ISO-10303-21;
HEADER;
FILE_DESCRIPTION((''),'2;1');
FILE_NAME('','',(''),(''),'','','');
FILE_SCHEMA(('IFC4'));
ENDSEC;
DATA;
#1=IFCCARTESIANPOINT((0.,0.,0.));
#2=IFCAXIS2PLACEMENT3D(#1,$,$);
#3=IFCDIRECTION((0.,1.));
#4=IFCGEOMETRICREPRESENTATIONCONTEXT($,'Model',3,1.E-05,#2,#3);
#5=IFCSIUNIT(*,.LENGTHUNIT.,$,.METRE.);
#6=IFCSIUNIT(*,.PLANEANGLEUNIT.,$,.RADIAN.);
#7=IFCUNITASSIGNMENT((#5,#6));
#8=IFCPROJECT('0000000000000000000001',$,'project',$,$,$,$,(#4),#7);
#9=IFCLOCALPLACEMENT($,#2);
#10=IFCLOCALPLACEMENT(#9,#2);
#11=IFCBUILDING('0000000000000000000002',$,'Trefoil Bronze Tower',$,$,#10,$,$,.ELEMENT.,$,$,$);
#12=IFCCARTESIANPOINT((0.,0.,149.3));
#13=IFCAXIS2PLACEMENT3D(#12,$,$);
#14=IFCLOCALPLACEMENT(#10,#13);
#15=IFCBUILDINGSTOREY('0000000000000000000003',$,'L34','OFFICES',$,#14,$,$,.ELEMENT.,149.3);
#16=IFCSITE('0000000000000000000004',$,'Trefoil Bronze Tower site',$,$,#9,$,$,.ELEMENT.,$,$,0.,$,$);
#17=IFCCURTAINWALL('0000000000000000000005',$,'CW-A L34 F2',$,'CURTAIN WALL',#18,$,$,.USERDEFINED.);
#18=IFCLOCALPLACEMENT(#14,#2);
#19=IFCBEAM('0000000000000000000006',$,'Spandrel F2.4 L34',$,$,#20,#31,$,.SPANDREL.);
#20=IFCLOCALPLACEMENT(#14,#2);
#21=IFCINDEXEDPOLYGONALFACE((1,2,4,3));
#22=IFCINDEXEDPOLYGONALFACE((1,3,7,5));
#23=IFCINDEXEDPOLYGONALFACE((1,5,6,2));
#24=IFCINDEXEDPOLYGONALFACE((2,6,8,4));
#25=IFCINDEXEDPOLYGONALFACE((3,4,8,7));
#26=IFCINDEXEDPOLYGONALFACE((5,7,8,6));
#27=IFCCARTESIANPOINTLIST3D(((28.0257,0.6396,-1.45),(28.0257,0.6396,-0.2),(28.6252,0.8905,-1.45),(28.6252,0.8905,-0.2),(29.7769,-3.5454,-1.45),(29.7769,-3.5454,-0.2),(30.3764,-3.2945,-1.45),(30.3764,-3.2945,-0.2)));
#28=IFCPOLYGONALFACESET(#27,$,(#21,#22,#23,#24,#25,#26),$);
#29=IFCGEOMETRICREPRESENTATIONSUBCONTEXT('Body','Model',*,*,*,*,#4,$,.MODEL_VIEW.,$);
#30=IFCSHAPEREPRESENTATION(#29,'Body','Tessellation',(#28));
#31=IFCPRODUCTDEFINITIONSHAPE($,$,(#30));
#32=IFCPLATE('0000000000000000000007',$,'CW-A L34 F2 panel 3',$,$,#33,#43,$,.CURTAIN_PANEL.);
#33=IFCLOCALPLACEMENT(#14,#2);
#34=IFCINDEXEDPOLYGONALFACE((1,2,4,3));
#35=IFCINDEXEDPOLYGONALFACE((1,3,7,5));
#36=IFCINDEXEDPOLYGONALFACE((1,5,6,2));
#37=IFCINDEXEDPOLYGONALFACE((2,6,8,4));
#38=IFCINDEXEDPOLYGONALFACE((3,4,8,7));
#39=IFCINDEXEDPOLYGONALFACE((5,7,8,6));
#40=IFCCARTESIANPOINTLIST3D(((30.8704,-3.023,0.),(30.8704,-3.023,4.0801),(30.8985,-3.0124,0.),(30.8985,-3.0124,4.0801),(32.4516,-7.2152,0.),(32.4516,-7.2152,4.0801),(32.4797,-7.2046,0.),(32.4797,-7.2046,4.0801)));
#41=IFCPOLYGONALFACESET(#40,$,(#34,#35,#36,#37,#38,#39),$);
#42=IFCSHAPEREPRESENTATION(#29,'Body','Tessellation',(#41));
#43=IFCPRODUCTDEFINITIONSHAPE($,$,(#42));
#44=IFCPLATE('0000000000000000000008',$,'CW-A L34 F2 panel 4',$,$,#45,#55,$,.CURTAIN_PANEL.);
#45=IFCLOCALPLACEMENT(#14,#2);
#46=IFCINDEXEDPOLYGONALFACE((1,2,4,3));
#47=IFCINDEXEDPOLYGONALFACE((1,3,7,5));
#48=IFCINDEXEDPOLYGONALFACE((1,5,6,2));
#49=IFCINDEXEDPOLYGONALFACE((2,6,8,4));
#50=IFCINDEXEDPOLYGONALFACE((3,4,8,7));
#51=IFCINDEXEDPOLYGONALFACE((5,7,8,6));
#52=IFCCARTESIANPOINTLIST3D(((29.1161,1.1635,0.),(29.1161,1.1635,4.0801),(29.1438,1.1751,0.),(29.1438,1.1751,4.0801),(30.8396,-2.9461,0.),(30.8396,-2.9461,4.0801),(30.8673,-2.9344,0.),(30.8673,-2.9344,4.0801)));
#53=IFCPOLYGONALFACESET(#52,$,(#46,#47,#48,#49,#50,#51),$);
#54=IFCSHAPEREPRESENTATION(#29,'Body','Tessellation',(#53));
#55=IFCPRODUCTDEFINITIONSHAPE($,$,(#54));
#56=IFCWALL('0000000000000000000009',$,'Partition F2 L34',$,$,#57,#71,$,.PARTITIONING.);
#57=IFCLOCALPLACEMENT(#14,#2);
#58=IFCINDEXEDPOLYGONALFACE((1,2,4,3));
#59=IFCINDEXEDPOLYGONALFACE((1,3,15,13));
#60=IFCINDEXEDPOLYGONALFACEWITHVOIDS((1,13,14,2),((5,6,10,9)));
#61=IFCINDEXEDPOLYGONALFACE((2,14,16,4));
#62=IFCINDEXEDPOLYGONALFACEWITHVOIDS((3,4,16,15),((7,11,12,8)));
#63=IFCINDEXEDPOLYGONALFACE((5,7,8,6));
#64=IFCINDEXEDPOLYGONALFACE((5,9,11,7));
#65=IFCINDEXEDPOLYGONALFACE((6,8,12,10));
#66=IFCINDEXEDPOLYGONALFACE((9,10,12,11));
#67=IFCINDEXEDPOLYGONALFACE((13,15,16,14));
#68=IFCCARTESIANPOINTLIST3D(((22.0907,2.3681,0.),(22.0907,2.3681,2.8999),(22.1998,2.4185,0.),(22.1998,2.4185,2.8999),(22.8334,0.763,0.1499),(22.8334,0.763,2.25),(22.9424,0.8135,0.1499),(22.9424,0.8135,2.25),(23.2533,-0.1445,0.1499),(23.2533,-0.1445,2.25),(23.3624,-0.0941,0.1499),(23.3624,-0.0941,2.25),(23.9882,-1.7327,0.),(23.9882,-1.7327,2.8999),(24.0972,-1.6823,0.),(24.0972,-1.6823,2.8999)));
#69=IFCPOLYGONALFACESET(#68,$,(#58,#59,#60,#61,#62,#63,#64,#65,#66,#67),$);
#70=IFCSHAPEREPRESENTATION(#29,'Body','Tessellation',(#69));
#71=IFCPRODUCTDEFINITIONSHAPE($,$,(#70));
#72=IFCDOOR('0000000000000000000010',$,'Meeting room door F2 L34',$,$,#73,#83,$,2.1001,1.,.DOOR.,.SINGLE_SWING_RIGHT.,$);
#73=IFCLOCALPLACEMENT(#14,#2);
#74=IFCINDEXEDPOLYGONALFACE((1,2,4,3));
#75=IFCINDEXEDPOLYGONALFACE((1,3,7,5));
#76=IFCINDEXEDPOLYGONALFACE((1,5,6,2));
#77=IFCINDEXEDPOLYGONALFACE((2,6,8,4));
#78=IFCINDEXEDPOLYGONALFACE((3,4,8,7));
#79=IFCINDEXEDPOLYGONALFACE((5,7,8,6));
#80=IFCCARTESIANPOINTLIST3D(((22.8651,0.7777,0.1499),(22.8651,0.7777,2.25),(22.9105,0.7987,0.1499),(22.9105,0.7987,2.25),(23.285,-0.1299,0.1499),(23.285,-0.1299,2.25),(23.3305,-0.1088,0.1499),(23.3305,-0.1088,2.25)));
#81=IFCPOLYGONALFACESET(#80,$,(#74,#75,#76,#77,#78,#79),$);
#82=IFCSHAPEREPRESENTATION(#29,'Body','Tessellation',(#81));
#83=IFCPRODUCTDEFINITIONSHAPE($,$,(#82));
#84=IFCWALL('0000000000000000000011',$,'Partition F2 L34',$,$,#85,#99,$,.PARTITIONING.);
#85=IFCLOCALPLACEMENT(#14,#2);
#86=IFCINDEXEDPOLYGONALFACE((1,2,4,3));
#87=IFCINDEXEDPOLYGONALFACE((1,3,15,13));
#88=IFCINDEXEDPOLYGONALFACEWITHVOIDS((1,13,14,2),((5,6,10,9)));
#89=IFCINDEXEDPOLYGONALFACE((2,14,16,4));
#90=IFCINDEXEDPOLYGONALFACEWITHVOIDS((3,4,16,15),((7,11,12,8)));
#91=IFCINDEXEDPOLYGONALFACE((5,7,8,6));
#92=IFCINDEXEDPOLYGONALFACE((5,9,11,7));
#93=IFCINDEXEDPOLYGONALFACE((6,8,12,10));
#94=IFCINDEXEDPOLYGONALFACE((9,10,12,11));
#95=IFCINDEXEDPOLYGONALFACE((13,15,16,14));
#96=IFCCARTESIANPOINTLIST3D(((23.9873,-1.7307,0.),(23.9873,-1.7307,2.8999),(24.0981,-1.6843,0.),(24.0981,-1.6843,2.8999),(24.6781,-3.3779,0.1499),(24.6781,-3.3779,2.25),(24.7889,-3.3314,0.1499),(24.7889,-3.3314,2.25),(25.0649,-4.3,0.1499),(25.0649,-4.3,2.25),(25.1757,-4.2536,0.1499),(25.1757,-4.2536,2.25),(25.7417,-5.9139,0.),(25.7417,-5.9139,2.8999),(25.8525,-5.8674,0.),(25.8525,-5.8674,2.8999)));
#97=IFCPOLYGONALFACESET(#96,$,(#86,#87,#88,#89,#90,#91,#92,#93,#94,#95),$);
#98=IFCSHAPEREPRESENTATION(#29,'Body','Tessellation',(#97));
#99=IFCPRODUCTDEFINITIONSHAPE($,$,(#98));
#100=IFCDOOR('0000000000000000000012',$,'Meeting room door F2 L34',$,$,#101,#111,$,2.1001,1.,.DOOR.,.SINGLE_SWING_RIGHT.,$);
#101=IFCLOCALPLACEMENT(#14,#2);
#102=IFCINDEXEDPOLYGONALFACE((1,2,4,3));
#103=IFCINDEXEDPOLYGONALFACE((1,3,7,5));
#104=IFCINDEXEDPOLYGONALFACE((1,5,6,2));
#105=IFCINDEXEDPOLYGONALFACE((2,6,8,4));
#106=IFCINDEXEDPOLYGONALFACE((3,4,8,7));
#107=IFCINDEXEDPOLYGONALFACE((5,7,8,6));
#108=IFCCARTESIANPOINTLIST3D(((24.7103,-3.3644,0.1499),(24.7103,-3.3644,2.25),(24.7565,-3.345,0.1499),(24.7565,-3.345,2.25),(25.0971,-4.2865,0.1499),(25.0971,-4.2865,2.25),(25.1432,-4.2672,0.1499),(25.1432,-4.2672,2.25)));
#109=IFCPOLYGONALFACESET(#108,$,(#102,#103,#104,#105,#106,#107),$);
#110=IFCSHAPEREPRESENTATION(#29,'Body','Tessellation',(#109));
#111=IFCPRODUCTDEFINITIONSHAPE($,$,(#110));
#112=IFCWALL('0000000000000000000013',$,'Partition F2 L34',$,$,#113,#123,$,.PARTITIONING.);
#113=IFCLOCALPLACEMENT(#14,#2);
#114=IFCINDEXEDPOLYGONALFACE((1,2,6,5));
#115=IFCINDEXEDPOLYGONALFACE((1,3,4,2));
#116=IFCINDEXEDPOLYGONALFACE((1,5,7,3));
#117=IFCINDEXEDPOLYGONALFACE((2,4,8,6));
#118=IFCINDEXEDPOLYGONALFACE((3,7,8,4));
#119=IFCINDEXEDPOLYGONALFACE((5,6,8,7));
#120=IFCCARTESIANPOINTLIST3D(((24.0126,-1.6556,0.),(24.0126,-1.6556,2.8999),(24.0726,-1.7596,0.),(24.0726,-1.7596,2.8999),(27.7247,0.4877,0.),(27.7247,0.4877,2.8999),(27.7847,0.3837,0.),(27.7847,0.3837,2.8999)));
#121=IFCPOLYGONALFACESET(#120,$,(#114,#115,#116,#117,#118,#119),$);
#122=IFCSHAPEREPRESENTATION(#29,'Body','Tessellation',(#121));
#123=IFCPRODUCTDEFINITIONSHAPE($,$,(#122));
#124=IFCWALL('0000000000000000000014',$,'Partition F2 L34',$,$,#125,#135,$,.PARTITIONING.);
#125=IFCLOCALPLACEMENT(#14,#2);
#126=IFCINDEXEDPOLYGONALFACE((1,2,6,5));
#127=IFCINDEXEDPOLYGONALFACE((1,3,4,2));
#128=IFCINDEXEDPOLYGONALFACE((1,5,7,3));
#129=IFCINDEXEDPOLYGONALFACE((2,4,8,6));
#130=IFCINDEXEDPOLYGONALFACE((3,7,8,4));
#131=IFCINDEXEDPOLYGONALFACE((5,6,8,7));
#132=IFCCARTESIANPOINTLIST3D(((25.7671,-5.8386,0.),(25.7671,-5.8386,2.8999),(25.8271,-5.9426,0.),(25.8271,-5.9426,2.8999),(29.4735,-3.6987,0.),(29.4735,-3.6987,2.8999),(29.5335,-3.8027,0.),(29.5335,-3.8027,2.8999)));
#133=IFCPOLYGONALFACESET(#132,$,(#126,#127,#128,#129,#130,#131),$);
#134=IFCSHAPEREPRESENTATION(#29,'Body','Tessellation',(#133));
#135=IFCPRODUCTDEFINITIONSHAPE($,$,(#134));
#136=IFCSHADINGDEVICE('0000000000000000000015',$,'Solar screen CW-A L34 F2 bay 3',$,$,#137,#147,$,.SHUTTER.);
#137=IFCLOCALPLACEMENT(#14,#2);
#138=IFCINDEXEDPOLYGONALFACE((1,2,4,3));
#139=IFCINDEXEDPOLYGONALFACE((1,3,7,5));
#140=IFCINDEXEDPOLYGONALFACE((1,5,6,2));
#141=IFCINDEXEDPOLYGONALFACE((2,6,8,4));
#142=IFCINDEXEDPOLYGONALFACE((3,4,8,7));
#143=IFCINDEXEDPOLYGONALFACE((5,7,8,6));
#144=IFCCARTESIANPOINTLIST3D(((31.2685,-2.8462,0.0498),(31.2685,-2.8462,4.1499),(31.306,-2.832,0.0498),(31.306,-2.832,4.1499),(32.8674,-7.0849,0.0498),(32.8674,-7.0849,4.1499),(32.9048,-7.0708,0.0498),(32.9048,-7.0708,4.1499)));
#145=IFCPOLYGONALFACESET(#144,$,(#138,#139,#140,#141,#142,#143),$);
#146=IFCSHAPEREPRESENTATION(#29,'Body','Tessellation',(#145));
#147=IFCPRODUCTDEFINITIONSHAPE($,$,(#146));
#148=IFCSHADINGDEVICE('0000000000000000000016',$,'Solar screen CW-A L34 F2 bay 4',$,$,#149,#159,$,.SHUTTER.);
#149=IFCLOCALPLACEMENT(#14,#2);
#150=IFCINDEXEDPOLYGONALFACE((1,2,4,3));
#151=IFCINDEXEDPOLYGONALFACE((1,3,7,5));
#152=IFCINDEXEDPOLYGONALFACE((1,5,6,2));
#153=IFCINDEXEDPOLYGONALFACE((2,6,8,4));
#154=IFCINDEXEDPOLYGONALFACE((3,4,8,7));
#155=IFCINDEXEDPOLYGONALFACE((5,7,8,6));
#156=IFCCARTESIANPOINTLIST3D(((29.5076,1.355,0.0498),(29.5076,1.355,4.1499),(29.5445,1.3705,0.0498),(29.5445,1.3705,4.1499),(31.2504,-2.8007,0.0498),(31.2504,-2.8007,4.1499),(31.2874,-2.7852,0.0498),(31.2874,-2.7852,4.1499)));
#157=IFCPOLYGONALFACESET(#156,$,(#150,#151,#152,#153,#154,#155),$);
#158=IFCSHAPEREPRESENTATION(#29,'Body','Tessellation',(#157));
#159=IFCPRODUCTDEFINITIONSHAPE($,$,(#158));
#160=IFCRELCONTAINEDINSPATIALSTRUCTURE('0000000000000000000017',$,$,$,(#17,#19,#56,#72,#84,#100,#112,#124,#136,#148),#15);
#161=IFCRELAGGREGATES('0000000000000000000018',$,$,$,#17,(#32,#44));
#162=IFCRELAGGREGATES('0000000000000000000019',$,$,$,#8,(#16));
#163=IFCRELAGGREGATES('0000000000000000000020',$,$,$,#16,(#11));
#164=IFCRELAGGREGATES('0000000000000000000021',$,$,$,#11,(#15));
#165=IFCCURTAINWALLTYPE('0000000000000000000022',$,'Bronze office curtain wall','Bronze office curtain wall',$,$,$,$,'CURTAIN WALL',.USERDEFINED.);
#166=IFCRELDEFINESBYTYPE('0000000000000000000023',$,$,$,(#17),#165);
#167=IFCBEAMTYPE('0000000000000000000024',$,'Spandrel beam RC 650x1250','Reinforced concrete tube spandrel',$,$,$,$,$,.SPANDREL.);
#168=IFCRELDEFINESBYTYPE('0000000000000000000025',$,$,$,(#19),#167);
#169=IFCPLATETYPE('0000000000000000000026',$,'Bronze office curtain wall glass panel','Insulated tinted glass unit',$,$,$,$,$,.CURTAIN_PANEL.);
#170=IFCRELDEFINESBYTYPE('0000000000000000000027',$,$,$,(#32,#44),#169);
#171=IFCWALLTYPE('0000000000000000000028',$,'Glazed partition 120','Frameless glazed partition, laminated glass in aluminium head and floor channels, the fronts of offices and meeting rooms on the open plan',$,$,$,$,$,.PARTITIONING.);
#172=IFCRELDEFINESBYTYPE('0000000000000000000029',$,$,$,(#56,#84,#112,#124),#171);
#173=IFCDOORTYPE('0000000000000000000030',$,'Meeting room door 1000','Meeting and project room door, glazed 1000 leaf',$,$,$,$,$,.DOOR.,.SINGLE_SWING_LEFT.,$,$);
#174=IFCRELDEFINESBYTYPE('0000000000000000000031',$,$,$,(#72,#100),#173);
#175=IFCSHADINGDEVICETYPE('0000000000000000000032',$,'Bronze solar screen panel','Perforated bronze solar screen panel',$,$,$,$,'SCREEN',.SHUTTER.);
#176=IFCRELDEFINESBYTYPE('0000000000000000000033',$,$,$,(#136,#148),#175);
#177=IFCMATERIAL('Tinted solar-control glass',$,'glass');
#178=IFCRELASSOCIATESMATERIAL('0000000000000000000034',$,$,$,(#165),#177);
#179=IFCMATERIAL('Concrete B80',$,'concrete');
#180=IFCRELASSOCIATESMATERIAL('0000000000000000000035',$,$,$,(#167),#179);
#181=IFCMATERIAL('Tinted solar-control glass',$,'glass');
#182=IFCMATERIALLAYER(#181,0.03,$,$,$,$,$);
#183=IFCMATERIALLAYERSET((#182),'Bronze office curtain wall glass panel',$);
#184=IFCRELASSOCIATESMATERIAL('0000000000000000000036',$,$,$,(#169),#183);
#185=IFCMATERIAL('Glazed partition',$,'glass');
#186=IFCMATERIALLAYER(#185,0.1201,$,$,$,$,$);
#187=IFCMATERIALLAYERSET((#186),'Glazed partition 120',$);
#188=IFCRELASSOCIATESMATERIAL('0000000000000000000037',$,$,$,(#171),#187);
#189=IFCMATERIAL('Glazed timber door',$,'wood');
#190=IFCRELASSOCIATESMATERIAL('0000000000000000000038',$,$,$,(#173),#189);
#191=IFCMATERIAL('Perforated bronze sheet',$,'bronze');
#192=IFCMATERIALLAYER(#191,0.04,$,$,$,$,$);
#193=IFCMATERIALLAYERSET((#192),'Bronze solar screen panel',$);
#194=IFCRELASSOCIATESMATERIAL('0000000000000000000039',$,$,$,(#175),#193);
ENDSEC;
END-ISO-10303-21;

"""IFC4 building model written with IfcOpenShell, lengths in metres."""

from ifc_helpers import new_model, si_unit, direction, frame, frame_2d, origin, origin_2d, place, context, subcontext, project, spatial, rectangle, extrude, material, layer, layer_set, material_profile, profile_set, type_object, element, fill, aggregate, save


model = new_model("IFC4")

# Units and contexts
model_context = context("Model", 3, precision=1e-05, world=origin(), true_north=direction((0.0, 1.0)))
body_context = subcontext(model_context, "Body", "Model", "MODEL_VIEW")
ifc_project = project(units=[si_unit("LENGTHUNIT", "METRE"), si_unit("PLANEANGLEUNIT", "RADIAN")], contexts=[model_context])

# Site, building, storey
site_placement = place(None, origin())
site = spatial("IfcSite", under=ifc_project, at=site_placement, Name="Trefoil Bronze Tower site", CompositionType="ELEMENT", RefElevation=0.0)
building_placement = place(site_placement, origin())
building = spatial("IfcBuilding", under=site, at=building_placement, Name="Trefoil Bronze Tower", CompositionType="ELEMENT")
storey_placement = place(building_placement, frame((0.0, 0.0, 149.3)))
storey = spatial("IfcBuildingStorey", under=building, at=storey_placement, Name="L34", Description="OFFICES", CompositionType="ELEMENT", Elevation=149.3)

# Curtain wall
ifc_material_1 = material(Name="Tinted solar-control glass", Category="glass")
curtain_wall_type = type_object("IfcCurtainWallType", Name="Bronze office curtain wall", Description="Bronze office curtain wall", ElementType="CURTAIN WALL", PredefinedType="USERDEFINED", material=ifc_material_1)
curtain_wall_placement = place(storey_placement, origin())
curtain_wall = element("IfcCurtainWall", 1, at=curtain_wall_placement, inside=storey, type_object=curtain_wall_type, Name="CW-A L34 F2", ObjectType="CURTAIN WALL", PredefinedType="USERDEFINED")

# Beam
ifc_material_2 = material(Name="Concrete B80", Category="concrete")
ifc_material_profile_1 = material_profile(ifc_material_2, rectangle(XDim=0.6499, YDim=1.25, at=origin_2d()), Name="RC 650x1250")
ifc_profile_set_1 = profile_set([ifc_material_profile_1], Name="Concrete B80")
beam_type_1 = type_object("IfcBeamType", Name="Spandrel beam RC 650x1250", Description="Reinforced concrete tube spandrel", PredefinedType="SPANDREL", material=ifc_profile_set_1)
beam_1_placement = place(storey_placement, frame((30.0767, -3.4199, -0.825), z_axis=(-0.386013, 0.922493, 0.0), x_axis=(-0.922493, -0.386013, 0.0)))
element("IfcBeam", 2, at=beam_1_placement, inside=storey, type_object=beam_type_1, Name="Spandrel F2.4 L34", PredefinedType="SPANDREL", context=body_context, shape_type="SweptSolid", body=[
    extrude(rectangle(XDim=0.6499, YDim=1.25, at=origin_2d()), origin(), (0.0, 0.0, 1.0), 4.5366),
])

# Plates
ifc_material_3 = material(Name="Tinted solar-control glass", Category="glass")
ifc_layer_1 = layer(ifc_material_3, 0.03)
ifc_layer_set_1 = layer_set([ifc_layer_1], Name="Bronze office curtain wall glass panel")
plate_type = type_object("IfcPlateType", Name="Bronze office curtain wall glass panel", Description="Insulated tinted glass unit", PredefinedType="CURTAIN_PANEL", material=ifc_layer_set_1)
plate_1_placement = place(storey_placement, frame((31.675, -5.1138, 0.0), z_axis=(0.0, 0.0, 1.0), x_axis=(-0.35292, 0.935654, 0.0)))
plate_1 = element("IfcPlate", 3, at=plate_1_placement, type_object=plate_type, Name="CW-A L34 F2 panel 3", PredefinedType="CURTAIN_PANEL", context=body_context, shape_type="SweptSolid", body=[
    extrude(rectangle(XDim=4.4805, YDim=0.03, at=origin_2d()), origin(), (0.0, 0.0, 1.0), 4.0801),
])
plate_2_placement = place(storey_placement, frame((29.9917, -0.8855, 0.0), z_axis=(0.0, 0.0, 1.0), x_axis=(-0.386759, 0.922181, 0.0)))
plate_2 = element("IfcPlate", 4, at=plate_2_placement, type_object=plate_type, Name="CW-A L34 F2 panel 4", PredefinedType="CURTAIN_PANEL", context=body_context, shape_type="SweptSolid", body=[
    extrude(rectangle(XDim=4.4563, YDim=0.03, at=origin_2d()), origin(), (0.0, 0.0, 1.0), 4.0801),
])
aggregate(curtain_wall, [plate_1, plate_2])

# Walls, openings, doors
ifc_material_4 = material(Name="Glazed partition", Category="glass")
ifc_layer_2 = layer(ifc_material_4, 0.1201)
ifc_layer_set_2 = layer_set([ifc_layer_2], Name="Glazed partition 120")
wall_type = type_object("IfcWallType", Name="Glazed partition 120", Description="Frameless glazed partition, laminated glass in aluminium head and floor channels, the fronts of offices and meeting rooms on the open plan", PredefinedType="PARTITIONING", material=ifc_layer_set_2)
wall_1_placement = place(storey_placement, frame((24.0427, -1.7075, 0.0), z_axis=(0.0, 0.0, 1.0), x_axis=(-0.419928, 0.907557, 0.0)))
wall_1 = element("IfcWall", 5, at=wall_1_placement, inside=storey, type_object=wall_type, Name="Partition F2 L34", PredefinedType="PARTITIONING", context=body_context, shape_type="SweptSolid", body=[
    extrude(rectangle(XDim=4.5186, YDim=0.1201, at=frame_2d((2.2593, 0.0))), origin(), (0.0, 0.0, 1.0), 2.8999),
])
opening_1_placement = place(wall_1_placement, frame((1.75, 0.0, 0.1499)))
opening_1 = element("IfcOpeningElement", 6, at=opening_1_placement, cuts=wall_1, PredefinedType="OPENING", context=body_context, shape_type="SweptSolid", body=[
    extrude(rectangle(XDim=1.0, YDim=2.1001, at=frame_2d((0.5, 1.05))), frame((0.0, 0.0701, 0.0), z_axis=(0.0, -1.0, 0.0), x_axis=(1.0, 0.0, 0.0)), (0.0, 0.0, 1.0), 0.1401),
])
ifc_material_5 = material(Name="Glazed timber door", Category="wood")
door_type = type_object("IfcDoorType", Name="Meeting room door 1000", Description="Meeting and project room door, glazed 1000 leaf", OperationType="SINGLE_SWING_LEFT", PredefinedType="DOOR", material=ifc_material_5)
door_1_placement = place(opening_1_placement, frame((1.0, 0.0, 0.0), z_axis=(0.0, 0.0, 1.0), x_axis=(-1.0, 0.0, 0.0)))
door_1 = element("IfcDoor", 7, at=door_1_placement, inside=storey, type_object=door_type, Name="Meeting room door F2 L34", OperationType="SINGLE_SWING_RIGHT", OverallHeight=2.1001, OverallWidth=1.0, PredefinedType="DOOR", context=body_context, shape_type="SweptSolid", body=[
    extrude(rectangle(XDim=1.0, YDim=2.1001, at=frame_2d((0.5, 1.05))), frame((0.0, 0.0249, 0.0), z_axis=(0.0, -1.0, 0.0), x_axis=(1.0, 0.0, 0.0)), (0.0, 0.0, 1.0), 0.05),
])
fill(opening_1, door_1)
wall_2_placement = place(storey_placement, frame((25.7971, -5.8906, 0.0), z_axis=(0.0, 0.0, 1.0), x_axis=(-0.386762, 0.92218, 0.0)))
wall_2 = element("IfcWall", 8, at=wall_2_placement, inside=storey, type_object=wall_type, Name="Partition F2 L34", PredefinedType="PARTITIONING", context=body_context, shape_type="SweptSolid", body=[
    extrude(rectangle(XDim=4.5361, YDim=0.1201, at=frame_2d((2.2681, 0.0))), origin(), (0.0, 0.0, 1.0), 2.8999),
])
opening_2_placement = place(wall_2_placement, frame((1.75, 0.0, 0.1499)))
opening_2 = element("IfcOpeningElement", 9, at=opening_2_placement, cuts=wall_2, PredefinedType="OPENING", context=body_context, shape_type="SweptSolid", body=[
    extrude(rectangle(XDim=1.0, YDim=2.1001, at=frame_2d((0.5, 1.05))), frame((0.0, 0.0701, 0.0), z_axis=(0.0, -1.0, 0.0), x_axis=(1.0, 0.0, 0.0)), (0.0, 0.0, 1.0), 0.1401),
])
door_2_placement = place(opening_2_placement, frame((1.0, 0.0, 0.0), z_axis=(0.0, 0.0, 1.0), x_axis=(-1.0, 0.0, 0.0)))
door_2 = element("IfcDoor", 10, at=door_2_placement, inside=storey, type_object=door_type, Name="Meeting room door F2 L34", OperationType="SINGLE_SWING_RIGHT", OverallHeight=2.1001, OverallWidth=1.0, PredefinedType="DOOR", context=body_context, shape_type="SweptSolid", body=[
    extrude(rectangle(XDim=1.0, YDim=2.1001, at=frame_2d((0.5, 1.05))), frame((0.0, 0.0249, 0.0), z_axis=(0.0, -1.0, 0.0), x_axis=(1.0, 0.0, 0.0)), (0.0, 0.0, 1.0), 0.05),
])
fill(opening_2, door_2)

# Walls
wall_3_placement = place(storey_placement, frame((24.0427, -1.7075, 0.0), z_axis=(0.0, 0.0, 1.0), x_axis=(0.866016, 0.500017, 0.0)))
element("IfcWall", 11, at=wall_3_placement, inside=storey, type_object=wall_type, Name="Partition F2 L34", PredefinedType="PARTITIONING", context=body_context, shape_type="SweptSolid", body=[
    extrude(rectangle(XDim=4.2864, YDim=0.1201, at=frame_2d((2.1431, 0.0))), origin(), (0.0, 0.0, 1.0), 2.8999),
])
wall_4_placement = place(storey_placement, frame((25.7971, -5.8906, 0.0), z_axis=(0.0, 0.0, 1.0), x_axis=(0.866019, 0.500011, 0.0)))
element("IfcWall", 12, at=wall_4_placement, inside=storey, type_object=wall_type, Name="Partition F2 L34", PredefinedType="PARTITIONING", context=body_context, shape_type="SweptSolid", body=[
    extrude(rectangle(XDim=4.2798, YDim=0.1201, at=frame_2d((2.1399, 0.0))), origin(), (0.0, 0.0, 1.0), 2.8999),
])

# Shading devices
ifc_material_6 = material(Name="Perforated bronze sheet", Category="bronze")
ifc_layer_3 = layer(ifc_material_6, 0.04)
ifc_layer_set_3 = layer_set([ifc_layer_3], Name="Bronze solar screen panel")
shading_device_type = type_object("IfcShadingDeviceType", Name="Bronze solar screen panel", Description="Perforated bronze solar screen panel", ElementType="SCREEN", PredefinedType="SHUTTER", material=ifc_layer_set_3)
shading_device_1_placement = place(storey_placement, frame((32.0867, -4.9585, 0.0498), z_axis=(0.0, 0.0, 1.0), x_axis=(-0.35292, 0.935654, 0.0)))
element("IfcShadingDevice", 13, at=shading_device_1_placement, inside=storey, type_object=shading_device_type, Name="Solar screen CW-A L34 F2 bay 3", PredefinedType="SHUTTER", context=body_context, shape_type="SweptSolid", body=[
    extrude(rectangle(XDim=4.5303, YDim=0.04, at=origin_2d()), origin(), (0.0, 0.0, 1.0), 4.1001),
])
shading_device_2_placement = place(storey_placement, frame((30.3975, -0.7151, 0.0498), z_axis=(0.0, 0.0, 1.0), x_axis=(-0.386759, 0.922181, 0.0)))
element("IfcShadingDevice", 14, at=shading_device_2_placement, inside=storey, type_object=shading_device_type, Name="Solar screen CW-A L34 F2 bay 4", PredefinedType="SHUTTER", context=body_context, shape_type="SweptSolid", body=[
    extrude(rectangle(XDim=4.5063, YDim=0.04, at=origin_2d()), origin(), (0.0, 0.0, 1.0), 4.1001),
])

save(model, "model.ifc")
